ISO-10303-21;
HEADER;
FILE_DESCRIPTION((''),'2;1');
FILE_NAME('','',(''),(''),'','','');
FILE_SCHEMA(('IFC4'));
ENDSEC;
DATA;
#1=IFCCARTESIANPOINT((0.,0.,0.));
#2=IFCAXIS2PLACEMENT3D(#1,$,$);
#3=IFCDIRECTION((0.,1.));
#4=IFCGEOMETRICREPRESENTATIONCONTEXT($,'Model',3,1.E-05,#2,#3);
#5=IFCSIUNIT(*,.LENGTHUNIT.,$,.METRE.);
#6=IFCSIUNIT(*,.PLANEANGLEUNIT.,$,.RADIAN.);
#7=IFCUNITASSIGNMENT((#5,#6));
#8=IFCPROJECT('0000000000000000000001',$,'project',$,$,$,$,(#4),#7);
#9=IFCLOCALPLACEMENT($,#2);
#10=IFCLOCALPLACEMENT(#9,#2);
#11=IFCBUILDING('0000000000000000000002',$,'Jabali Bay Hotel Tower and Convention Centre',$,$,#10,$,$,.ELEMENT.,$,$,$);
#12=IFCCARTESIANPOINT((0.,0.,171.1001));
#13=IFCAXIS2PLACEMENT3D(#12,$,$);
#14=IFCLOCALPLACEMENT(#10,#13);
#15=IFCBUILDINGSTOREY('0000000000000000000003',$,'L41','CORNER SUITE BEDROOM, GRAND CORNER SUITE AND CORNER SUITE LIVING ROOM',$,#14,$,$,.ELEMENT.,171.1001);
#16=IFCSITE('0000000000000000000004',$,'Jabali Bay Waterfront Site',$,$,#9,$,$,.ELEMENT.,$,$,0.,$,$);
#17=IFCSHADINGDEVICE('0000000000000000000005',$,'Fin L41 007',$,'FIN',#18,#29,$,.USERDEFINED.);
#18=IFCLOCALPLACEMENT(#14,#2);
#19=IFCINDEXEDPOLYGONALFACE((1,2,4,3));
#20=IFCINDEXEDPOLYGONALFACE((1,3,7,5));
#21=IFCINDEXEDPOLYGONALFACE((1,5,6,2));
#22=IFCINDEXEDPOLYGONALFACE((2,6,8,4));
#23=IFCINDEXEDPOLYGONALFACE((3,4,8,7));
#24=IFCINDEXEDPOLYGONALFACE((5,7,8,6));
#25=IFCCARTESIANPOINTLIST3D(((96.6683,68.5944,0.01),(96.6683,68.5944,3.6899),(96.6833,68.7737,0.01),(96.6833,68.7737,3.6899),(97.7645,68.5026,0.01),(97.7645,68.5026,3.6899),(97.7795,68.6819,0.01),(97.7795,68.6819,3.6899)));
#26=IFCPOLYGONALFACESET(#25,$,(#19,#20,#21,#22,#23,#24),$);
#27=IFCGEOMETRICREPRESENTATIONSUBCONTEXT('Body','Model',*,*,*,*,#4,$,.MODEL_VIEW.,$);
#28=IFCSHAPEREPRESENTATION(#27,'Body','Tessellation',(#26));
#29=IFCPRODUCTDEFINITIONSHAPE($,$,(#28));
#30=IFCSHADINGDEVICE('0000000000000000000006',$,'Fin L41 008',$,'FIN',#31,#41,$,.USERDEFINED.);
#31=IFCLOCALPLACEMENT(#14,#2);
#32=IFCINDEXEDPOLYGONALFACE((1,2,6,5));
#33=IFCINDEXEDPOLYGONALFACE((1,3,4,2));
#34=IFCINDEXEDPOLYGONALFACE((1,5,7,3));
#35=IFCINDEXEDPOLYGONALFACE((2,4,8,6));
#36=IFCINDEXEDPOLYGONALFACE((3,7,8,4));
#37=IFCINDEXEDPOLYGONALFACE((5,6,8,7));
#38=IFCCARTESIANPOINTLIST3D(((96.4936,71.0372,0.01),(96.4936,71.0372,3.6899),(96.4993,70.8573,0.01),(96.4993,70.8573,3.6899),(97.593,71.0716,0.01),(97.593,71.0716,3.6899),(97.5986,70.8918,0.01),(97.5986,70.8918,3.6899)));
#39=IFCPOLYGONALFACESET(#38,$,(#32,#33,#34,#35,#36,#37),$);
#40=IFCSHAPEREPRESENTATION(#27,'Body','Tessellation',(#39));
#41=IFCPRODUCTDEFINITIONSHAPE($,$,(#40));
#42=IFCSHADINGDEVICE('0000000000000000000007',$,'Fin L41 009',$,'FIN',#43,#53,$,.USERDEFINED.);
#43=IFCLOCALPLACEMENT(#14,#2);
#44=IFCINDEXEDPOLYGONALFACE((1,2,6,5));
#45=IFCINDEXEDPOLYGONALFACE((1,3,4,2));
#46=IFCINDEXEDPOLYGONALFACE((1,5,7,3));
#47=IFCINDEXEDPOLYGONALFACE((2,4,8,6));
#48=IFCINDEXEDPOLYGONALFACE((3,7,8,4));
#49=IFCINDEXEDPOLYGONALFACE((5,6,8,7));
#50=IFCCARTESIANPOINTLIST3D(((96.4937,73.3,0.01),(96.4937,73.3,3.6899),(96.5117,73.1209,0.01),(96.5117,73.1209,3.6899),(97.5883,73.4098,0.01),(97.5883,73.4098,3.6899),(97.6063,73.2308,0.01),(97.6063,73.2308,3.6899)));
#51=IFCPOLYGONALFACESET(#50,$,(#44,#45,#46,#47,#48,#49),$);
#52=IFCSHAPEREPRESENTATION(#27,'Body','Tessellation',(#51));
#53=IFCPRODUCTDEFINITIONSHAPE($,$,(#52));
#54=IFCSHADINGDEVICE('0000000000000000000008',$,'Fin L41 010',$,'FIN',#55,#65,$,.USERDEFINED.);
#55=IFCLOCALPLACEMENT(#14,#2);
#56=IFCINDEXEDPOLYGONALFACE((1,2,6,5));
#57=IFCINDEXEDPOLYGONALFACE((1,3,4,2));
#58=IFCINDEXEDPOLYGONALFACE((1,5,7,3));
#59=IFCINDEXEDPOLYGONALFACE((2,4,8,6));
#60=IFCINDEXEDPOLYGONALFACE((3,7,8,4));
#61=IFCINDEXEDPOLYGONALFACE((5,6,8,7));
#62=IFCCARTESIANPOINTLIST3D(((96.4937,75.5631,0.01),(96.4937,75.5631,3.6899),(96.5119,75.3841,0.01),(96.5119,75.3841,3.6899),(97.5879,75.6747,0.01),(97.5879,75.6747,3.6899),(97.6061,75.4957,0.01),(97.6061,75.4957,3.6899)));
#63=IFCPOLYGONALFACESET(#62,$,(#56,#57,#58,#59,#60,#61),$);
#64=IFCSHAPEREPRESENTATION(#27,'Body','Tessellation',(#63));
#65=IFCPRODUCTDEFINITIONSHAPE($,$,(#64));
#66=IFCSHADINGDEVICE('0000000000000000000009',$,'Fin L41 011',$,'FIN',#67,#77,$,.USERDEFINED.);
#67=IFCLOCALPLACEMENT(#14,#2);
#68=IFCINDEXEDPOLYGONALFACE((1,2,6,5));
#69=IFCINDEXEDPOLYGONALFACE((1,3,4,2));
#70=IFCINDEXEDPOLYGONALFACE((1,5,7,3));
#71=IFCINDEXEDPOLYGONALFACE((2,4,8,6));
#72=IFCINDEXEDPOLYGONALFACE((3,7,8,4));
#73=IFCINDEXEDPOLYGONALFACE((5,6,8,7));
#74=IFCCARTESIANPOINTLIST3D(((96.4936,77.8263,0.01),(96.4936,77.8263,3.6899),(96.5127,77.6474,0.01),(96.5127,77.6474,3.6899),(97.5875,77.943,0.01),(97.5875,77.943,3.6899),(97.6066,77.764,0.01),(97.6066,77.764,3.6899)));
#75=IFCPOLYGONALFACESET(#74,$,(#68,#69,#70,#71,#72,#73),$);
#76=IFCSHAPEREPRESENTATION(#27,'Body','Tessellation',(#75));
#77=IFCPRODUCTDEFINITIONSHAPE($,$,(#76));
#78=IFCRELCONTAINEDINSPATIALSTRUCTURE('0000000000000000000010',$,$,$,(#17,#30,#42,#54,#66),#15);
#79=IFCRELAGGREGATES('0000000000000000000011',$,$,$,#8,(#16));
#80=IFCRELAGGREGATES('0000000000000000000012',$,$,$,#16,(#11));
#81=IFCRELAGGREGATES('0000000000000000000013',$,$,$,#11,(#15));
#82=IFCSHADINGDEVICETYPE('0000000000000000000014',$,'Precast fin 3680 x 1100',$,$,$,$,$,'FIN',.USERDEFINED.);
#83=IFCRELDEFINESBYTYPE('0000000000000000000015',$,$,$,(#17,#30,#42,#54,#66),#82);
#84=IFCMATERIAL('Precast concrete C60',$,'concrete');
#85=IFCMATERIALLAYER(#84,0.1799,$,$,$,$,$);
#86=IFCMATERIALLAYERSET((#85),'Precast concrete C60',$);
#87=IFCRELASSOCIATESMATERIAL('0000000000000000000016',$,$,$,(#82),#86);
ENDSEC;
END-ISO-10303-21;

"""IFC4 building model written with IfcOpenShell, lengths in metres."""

from ifc_helpers import new_model, si_unit, direction, frame, frame_2d, origin, place, context, subcontext, project, spatial, rectangle, extrude, material, layer, layer_set, type_object, element, save


model = new_model("IFC4")

# Units and contexts
model_context = context("Model", 3, precision=1e-05, world=origin(), true_north=direction((0.0, 1.0)))
body_context = subcontext(model_context, "Body", "Model", "MODEL_VIEW")
ifc_project = project(units=[si_unit("LENGTHUNIT", "METRE"), si_unit("PLANEANGLEUNIT", "RADIAN")], contexts=[model_context])

# Site, building, storey
site_placement = place(None, origin())
site = spatial("IfcSite", under=ifc_project, at=site_placement, Name="Jabali Bay Waterfront Site", CompositionType="ELEMENT", RefElevation=0.0)
building_placement = place(site_placement, origin())
building = spatial("IfcBuilding", under=site, at=building_placement, Name="Jabali Bay Hotel Tower and Convention Centre", CompositionType="ELEMENT")
storey_placement = place(building_placement, frame((0.0, 0.0, 171.1001)))
storey = spatial("IfcBuildingStorey", under=building, at=storey_placement, Name="L41", Description="CORNER SUITE BEDROOM, GRAND CORNER SUITE AND CORNER SUITE LIVING ROOM", CompositionType="ELEMENT", Elevation=171.1001)

# Shading devices
ifc_material_1 = material(Name="Precast concrete C60", Category="concrete")
ifc_layer_1 = layer(ifc_material_1, 0.1799)
ifc_layer_set_1 = layer_set([ifc_layer_1], Name="Precast concrete C60")
shading_device_type = type_object("IfcShadingDeviceType", Name="Precast fin 3680 x 1100", ElementType="FIN", PredefinedType="USERDEFINED", material=ifc_layer_set_1)
shading_device_1_placement = place(storey_placement, frame((96.6758, 68.6841, 0.01), z_axis=(0.0, 0.0, 1.0), x_axis=(0.996512, -0.08345, 0.0)))
element("IfcShadingDevice", 1, at=shading_device_1_placement, inside=storey, type_object=shading_device_type, Name="Fin L41 007", ObjectType="FIN", PredefinedType="USERDEFINED", context=body_context, shape_type="SweptSolid", body=[
    extrude(rectangle(XDim=1.1001, YDim=0.1799, at=frame_2d((0.55, 0.0))), origin(), (0.0, 0.0, 1.0), 3.6799),
])
shading_device_2_placement = place(storey_placement, frame((96.4966, 70.9473, 0.01), z_axis=(0.0, 0.0, 1.0), x_axis=(0.99951, 0.031297, 0.0)))
element("IfcShadingDevice", 2, at=shading_device_2_placement, inside=storey, type_object=shading_device_type, Name="Fin L41 008", ObjectType="FIN", PredefinedType="USERDEFINED", context=body_context, shape_type="SweptSolid", body=[
    extrude(rectangle(XDim=1.0999, YDim=0.1799, at=frame_2d((0.5498, 0.0))), origin(), (0.0, 0.0, 1.0), 3.6799),
])
shading_device_3_placement = place(storey_placement, frame((96.5027, 73.2104, 0.01), z_axis=(0.0, 0.0, 1.0), x_axis=(0.995, 0.099877, 0.0)))
element("IfcShadingDevice", 3, at=shading_device_3_placement, inside=storey, type_object=shading_device_type, Name="Fin L41 009", ObjectType="FIN", PredefinedType="USERDEFINED", context=body_context, shape_type="SweptSolid", body=[
    extrude(rectangle(XDim=1.1001, YDim=0.1799, at=frame_2d((0.55, 0.0))), origin(), (0.0, 0.0, 1.0), 3.6799),
])
shading_device_4_placement = place(storey_placement, frame((96.5029, 75.4736, 0.01), z_axis=(0.0, 0.0, 1.0), x_axis=(0.994842, 0.101437, 0.0)))
element("IfcShadingDevice", 4, at=shading_device_4_placement, inside=storey, type_object=shading_device_type, Name="Fin L41 010", ObjectType="FIN", PredefinedType="USERDEFINED", context=body_context, shape_type="SweptSolid", body=[
    extrude(rectangle(XDim=1.0999, YDim=0.1799, at=frame_2d((0.5498, 0.0))), origin(), (0.0, 0.0, 1.0), 3.6799),
])
shading_device_5_placement = place(storey_placement, frame((96.5032, 77.7368, 0.01), z_axis=(0.0, 0.0, 1.0), x_axis=(0.994359, 0.106071, 0.0)))
element("IfcShadingDevice", 5, at=shading_device_5_placement, inside=storey, type_object=shading_device_type, Name="Fin L41 011", ObjectType="FIN", PredefinedType="USERDEFINED", context=body_context, shape_type="SweptSolid", body=[
    extrude(rectangle(XDim=1.1001, YDim=0.1799, at=frame_2d((0.55, 0.0))), origin(), (0.0, 0.0, 1.0), 3.6799),
])

save(model, "model.ifc")
